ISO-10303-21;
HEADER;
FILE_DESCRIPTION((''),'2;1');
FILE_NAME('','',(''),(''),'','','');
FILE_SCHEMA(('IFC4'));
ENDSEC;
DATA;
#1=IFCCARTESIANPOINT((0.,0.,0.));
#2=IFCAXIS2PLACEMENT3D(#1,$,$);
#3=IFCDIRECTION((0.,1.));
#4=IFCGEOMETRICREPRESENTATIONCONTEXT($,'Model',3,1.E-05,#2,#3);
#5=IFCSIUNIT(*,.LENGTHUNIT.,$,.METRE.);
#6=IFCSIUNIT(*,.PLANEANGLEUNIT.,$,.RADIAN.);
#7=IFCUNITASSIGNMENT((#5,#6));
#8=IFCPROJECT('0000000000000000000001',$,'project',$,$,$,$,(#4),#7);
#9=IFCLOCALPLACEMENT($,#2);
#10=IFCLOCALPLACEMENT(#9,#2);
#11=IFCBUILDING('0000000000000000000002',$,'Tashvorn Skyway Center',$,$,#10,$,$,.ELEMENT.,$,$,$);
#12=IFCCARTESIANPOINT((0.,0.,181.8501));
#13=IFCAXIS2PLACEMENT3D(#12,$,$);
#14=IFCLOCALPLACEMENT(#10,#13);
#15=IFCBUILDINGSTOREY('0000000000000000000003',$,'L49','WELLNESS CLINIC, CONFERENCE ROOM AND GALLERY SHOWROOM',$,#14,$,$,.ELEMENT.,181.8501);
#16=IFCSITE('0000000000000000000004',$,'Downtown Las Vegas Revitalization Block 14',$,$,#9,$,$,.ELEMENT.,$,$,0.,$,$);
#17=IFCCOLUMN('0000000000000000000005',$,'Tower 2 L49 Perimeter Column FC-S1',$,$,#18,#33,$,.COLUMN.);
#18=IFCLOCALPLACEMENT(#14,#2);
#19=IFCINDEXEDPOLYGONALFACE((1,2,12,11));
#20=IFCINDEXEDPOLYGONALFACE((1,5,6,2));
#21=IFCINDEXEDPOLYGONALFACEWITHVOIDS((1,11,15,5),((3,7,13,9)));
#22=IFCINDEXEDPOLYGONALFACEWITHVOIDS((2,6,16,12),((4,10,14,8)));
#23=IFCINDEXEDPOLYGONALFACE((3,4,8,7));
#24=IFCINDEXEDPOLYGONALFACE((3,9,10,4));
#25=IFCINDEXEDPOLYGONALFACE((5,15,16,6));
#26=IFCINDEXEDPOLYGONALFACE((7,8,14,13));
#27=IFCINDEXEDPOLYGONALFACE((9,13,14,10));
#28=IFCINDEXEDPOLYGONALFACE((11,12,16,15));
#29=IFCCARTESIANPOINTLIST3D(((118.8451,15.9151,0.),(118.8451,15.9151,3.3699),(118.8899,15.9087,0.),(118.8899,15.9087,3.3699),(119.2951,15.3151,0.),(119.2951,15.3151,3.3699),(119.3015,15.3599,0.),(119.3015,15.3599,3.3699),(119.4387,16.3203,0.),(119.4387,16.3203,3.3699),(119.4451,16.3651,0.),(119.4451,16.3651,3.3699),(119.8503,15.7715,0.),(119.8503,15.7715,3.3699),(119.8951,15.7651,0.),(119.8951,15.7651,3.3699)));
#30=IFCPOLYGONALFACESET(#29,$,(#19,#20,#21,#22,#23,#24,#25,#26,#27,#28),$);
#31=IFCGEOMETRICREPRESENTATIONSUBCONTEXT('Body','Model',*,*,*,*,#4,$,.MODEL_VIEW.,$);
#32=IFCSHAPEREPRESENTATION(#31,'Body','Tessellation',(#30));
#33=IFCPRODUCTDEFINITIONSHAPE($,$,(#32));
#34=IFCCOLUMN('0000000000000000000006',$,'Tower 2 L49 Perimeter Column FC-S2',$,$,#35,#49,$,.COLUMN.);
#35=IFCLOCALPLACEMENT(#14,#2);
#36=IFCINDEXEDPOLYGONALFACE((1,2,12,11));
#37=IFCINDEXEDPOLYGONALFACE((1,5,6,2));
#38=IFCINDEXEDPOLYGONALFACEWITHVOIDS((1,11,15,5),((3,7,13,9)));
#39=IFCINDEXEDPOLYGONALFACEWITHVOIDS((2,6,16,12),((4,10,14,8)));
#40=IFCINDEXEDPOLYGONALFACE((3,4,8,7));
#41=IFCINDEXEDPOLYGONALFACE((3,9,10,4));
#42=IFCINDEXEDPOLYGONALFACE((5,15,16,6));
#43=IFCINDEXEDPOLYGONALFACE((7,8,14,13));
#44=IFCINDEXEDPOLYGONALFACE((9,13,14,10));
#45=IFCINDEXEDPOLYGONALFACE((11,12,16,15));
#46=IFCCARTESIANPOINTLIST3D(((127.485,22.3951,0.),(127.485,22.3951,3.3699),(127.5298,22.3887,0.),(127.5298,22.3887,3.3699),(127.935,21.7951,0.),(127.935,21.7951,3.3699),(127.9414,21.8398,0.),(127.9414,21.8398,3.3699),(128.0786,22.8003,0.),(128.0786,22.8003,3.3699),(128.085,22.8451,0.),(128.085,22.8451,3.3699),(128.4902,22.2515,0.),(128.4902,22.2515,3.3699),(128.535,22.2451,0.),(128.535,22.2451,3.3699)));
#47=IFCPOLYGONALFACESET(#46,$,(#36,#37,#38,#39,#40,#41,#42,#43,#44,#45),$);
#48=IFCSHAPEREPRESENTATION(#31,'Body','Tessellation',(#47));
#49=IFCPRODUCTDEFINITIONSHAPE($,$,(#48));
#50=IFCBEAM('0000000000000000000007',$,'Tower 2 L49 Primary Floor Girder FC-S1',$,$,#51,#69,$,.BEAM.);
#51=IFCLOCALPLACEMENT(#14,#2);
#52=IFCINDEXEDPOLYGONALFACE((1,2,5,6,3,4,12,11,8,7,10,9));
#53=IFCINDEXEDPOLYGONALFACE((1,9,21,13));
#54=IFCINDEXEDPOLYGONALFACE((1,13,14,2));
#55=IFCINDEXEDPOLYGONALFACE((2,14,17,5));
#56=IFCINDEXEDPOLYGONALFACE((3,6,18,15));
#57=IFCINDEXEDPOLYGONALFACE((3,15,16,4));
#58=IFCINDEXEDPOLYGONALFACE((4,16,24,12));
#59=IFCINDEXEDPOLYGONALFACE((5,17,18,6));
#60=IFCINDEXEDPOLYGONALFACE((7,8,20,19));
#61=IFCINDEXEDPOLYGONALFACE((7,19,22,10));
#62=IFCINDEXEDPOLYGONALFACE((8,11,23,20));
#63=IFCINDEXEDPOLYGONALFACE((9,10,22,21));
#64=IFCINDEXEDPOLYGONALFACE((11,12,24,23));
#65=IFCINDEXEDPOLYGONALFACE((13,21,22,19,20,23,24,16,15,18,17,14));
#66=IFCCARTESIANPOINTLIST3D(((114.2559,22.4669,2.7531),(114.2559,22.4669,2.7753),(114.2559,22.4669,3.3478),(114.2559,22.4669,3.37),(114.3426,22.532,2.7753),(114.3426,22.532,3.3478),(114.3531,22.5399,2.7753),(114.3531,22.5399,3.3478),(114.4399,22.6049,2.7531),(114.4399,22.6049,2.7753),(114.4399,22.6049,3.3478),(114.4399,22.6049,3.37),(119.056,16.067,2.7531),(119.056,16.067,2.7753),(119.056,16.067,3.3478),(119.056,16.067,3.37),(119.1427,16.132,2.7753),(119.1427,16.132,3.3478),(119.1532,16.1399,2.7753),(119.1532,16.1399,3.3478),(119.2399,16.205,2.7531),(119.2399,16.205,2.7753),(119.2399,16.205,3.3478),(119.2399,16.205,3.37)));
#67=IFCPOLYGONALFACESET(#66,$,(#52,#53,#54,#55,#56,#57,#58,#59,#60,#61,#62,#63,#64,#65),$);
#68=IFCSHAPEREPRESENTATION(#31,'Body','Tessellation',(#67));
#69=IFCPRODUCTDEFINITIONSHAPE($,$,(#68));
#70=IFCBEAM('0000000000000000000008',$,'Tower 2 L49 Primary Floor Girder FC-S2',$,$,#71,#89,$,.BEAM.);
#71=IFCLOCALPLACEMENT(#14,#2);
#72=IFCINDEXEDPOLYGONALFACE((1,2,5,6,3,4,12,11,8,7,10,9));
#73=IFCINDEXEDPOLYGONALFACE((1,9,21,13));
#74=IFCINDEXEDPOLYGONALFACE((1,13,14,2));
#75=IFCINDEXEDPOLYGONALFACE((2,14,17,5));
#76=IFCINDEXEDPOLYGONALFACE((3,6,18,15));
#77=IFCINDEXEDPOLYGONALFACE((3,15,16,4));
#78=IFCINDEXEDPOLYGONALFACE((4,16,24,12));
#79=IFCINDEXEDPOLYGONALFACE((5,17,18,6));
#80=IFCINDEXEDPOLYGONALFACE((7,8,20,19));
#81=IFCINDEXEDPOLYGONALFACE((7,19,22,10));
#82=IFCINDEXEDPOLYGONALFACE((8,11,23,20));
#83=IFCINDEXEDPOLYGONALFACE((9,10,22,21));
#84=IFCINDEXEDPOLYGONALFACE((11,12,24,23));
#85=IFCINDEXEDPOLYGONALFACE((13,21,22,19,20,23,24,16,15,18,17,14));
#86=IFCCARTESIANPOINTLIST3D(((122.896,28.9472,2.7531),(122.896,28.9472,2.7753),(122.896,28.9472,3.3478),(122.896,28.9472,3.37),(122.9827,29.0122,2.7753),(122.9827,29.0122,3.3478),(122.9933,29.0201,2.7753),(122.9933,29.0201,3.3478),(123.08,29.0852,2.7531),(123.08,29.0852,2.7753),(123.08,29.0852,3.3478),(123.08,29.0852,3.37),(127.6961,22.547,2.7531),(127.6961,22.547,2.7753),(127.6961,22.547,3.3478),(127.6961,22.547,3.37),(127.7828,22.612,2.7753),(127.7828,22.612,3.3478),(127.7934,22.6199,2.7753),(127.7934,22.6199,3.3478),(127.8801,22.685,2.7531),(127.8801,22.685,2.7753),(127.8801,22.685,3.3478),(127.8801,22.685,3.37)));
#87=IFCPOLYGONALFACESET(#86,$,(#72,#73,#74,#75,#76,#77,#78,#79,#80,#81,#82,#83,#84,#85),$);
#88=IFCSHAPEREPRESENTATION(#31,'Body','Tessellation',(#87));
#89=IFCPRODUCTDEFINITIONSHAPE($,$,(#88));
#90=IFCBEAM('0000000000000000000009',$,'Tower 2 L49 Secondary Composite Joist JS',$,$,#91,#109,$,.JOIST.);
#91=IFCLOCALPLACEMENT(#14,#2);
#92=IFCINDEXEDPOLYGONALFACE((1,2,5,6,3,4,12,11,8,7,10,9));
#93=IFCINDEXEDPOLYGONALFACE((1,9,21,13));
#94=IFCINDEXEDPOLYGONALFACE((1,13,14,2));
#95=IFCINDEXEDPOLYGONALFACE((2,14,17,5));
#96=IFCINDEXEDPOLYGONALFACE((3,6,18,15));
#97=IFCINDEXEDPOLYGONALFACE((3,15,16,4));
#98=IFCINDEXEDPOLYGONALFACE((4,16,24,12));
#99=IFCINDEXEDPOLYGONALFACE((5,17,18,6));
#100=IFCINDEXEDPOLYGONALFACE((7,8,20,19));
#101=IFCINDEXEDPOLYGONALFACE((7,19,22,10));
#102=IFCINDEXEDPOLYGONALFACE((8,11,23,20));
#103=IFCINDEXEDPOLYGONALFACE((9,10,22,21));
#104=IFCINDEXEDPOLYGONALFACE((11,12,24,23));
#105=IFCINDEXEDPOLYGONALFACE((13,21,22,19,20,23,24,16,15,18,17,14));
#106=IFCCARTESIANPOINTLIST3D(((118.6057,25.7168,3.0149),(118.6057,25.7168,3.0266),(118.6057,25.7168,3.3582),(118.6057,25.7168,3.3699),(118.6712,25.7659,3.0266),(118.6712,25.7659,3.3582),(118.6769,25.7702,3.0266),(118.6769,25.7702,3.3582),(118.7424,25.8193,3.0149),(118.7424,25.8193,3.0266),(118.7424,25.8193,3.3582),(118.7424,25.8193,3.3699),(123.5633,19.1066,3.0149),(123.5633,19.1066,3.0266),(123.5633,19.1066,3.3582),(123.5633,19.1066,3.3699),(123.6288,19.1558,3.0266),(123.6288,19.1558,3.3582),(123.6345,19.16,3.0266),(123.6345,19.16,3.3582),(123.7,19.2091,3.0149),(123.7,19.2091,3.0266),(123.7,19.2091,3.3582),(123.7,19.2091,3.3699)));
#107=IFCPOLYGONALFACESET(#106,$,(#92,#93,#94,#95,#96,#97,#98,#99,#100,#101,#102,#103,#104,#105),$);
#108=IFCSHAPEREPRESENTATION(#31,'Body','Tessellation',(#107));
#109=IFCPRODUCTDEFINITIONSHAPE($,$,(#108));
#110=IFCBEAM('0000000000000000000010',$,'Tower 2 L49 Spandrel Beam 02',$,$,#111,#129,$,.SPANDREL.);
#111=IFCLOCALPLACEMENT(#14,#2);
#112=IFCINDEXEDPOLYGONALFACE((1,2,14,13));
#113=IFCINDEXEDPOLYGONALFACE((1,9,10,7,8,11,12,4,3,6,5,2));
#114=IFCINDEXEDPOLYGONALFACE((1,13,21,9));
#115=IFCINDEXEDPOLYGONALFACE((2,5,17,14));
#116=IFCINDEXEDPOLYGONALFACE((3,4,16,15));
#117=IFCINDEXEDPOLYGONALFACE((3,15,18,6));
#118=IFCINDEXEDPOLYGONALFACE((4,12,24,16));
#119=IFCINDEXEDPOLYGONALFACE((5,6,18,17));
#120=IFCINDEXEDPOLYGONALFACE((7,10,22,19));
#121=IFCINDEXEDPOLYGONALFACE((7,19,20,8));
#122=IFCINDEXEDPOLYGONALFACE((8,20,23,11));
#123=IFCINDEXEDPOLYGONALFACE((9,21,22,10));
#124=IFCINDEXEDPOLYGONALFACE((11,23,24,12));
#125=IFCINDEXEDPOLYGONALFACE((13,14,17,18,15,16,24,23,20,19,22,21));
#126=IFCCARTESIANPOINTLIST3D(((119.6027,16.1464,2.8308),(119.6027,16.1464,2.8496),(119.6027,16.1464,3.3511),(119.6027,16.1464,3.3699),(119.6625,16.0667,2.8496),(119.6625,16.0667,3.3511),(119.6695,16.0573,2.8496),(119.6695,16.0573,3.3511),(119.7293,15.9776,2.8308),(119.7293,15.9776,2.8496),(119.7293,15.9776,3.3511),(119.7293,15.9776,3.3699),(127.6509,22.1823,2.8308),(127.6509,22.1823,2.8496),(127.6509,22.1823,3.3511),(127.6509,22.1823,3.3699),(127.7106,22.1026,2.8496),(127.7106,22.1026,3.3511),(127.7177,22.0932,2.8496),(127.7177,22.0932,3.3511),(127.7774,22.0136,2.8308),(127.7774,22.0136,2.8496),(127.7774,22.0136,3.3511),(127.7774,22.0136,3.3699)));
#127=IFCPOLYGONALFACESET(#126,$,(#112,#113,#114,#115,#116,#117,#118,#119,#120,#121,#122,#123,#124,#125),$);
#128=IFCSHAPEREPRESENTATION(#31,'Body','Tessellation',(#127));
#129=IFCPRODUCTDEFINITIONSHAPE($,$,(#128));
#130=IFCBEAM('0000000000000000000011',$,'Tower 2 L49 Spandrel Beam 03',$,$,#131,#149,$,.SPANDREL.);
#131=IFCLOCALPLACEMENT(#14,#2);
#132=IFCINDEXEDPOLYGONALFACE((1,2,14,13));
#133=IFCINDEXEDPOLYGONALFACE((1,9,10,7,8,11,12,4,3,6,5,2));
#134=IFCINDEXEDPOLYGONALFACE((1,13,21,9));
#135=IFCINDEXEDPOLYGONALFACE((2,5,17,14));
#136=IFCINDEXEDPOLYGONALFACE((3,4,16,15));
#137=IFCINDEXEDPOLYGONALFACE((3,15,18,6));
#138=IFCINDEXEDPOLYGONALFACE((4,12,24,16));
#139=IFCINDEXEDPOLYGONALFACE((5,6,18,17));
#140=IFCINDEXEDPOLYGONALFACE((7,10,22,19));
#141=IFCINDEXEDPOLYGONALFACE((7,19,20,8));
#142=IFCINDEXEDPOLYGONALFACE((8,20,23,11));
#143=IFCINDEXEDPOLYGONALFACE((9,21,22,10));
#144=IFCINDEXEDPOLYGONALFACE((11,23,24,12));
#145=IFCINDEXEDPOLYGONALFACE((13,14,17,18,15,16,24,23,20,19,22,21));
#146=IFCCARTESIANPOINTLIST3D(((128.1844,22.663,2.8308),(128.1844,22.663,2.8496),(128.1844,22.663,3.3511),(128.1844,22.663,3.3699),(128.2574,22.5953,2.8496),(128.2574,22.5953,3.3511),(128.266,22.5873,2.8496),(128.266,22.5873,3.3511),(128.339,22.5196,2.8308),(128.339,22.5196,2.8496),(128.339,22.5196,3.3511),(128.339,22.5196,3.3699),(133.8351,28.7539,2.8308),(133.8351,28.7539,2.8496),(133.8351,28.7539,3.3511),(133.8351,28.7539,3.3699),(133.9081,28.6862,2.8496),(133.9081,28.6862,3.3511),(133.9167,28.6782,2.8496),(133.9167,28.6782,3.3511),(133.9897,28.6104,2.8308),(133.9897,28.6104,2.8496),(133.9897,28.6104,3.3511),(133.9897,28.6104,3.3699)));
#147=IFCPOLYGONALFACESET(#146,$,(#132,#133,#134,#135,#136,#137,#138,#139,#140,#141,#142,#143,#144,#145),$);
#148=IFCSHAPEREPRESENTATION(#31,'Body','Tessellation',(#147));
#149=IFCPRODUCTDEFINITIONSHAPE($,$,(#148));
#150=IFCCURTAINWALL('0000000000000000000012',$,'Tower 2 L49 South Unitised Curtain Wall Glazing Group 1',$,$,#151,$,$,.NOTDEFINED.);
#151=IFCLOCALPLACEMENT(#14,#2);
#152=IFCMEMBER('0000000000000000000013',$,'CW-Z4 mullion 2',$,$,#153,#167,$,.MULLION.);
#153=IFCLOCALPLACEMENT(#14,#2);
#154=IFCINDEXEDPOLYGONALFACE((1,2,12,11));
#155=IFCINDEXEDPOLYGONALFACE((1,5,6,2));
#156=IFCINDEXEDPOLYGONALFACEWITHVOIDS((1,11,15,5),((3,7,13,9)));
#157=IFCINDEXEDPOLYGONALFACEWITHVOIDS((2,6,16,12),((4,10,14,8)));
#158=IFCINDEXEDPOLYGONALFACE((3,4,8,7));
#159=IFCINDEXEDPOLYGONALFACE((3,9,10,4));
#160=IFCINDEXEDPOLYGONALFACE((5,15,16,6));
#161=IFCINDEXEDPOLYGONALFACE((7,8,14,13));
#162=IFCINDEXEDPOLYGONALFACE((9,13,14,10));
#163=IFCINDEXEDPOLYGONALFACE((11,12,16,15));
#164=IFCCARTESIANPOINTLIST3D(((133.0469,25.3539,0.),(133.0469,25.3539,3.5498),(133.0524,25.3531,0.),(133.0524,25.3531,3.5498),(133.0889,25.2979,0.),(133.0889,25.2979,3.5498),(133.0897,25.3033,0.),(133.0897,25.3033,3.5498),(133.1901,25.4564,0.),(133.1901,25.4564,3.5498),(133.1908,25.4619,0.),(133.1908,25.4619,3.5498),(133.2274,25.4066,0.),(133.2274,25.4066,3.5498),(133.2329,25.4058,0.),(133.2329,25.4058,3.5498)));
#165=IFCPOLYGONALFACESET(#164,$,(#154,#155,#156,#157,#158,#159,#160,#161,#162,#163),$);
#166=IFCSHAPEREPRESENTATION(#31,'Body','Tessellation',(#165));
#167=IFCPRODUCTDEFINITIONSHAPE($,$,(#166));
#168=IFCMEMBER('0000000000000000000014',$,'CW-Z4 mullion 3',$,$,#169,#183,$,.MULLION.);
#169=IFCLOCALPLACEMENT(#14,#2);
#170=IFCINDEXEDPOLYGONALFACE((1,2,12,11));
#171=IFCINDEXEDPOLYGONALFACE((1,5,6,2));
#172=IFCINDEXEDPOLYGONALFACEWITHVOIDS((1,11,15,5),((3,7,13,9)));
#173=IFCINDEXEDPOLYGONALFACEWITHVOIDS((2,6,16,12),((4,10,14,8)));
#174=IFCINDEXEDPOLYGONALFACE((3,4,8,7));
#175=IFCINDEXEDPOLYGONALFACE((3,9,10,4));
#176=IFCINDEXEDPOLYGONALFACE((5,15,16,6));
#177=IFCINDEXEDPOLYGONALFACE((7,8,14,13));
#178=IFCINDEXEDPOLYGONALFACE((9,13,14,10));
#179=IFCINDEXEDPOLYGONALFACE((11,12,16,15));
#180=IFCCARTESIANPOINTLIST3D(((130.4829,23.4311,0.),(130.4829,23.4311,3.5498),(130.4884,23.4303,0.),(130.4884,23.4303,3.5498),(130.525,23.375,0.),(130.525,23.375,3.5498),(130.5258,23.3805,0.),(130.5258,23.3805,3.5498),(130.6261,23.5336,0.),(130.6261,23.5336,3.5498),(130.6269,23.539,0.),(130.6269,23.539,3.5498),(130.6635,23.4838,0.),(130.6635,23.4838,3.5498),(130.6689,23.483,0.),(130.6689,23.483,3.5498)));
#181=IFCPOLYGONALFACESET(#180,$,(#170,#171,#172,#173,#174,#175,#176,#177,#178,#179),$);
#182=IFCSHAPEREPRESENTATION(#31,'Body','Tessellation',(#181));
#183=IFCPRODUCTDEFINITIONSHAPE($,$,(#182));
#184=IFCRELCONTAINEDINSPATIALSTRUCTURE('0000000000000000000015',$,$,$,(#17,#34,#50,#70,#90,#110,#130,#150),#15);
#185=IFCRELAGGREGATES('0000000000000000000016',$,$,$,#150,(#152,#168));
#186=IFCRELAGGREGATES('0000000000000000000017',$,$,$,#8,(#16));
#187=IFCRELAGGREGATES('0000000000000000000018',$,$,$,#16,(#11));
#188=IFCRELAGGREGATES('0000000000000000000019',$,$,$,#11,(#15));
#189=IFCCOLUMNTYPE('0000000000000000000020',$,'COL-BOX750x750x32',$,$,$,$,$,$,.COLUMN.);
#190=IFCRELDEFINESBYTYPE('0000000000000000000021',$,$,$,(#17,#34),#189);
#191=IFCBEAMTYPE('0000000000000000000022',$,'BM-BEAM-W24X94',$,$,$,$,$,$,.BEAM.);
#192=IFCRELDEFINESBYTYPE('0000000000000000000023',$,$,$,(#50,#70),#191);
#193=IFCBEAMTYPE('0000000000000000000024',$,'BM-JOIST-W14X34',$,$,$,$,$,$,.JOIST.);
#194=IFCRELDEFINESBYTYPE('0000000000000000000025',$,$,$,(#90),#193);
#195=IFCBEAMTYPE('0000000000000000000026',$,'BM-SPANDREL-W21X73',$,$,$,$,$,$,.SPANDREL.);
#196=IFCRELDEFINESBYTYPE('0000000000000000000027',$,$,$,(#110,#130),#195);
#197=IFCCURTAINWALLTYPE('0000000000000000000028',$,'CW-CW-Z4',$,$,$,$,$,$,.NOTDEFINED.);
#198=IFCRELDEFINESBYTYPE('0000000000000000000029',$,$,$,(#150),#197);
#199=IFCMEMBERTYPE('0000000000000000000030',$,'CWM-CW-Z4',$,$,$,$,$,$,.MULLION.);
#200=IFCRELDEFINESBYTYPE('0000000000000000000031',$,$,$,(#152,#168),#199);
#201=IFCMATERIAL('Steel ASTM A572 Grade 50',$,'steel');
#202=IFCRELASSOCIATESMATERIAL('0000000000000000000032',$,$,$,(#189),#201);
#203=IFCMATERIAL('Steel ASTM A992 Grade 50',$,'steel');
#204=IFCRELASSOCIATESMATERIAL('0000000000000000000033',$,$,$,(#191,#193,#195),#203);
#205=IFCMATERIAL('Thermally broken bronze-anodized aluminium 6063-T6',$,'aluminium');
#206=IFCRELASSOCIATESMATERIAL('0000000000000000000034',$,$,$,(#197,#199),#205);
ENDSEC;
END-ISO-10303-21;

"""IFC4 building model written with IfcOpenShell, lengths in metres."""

from ifc_helpers import new_model, si_unit, direction, frame, origin, origin_2d, place, context, subcontext, project, spatial, hollow_rectangle, i_section, extrude, material, material_profile, profile_set, type_object, element, aggregate, save


model = new_model("IFC4")

# Units and contexts
model_context = context("Model", 3, precision=1e-05, world=origin(), true_north=direction((0.0, 1.0)))
body_context = subcontext(model_context, "Body", "Model", "MODEL_VIEW")
ifc_project = project(units=[si_unit("LENGTHUNIT", "METRE"), si_unit("PLANEANGLEUNIT", "RADIAN")], contexts=[model_context])

# Site, building, storey
site_placement = place(None, origin())
site = spatial("IfcSite", under=ifc_project, at=site_placement, Name="Downtown Las Vegas Revitalization Block 14", CompositionType="ELEMENT", RefElevation=0.0)
building_placement = place(site_placement, origin())
building = spatial("IfcBuilding", under=site, at=building_placement, Name="Tashvorn Skyway Center", CompositionType="ELEMENT")
storey_placement = place(building_placement, frame((0.0, 0.0, 181.8501)))
storey = spatial("IfcBuildingStorey", under=building, at=storey_placement, Name="L49", Description="WELLNESS CLINIC, CONFERENCE ROOM AND GALLERY SHOWROOM", CompositionType="ELEMENT", Elevation=181.8501)

# Columns
ifc_material_1 = material(Name="Steel ASTM A572 Grade 50", Category="steel")
ifc_material_profile_1 = material_profile(ifc_material_1, hollow_rectangle(XDim=0.75, YDim=0.75, WallThickness=0.032, at=origin_2d()), Name="BOX750x750x32")
ifc_profile_set_1 = profile_set([ifc_material_profile_1], Name="Steel ASTM A572 Grade 50")
column_type = type_object("IfcColumnType", Name="COL-BOX750x750x32", PredefinedType="COLUMN", material=ifc_profile_set_1)
for number, where, z_axis, x_axis, name in (
    (1, (119.3701, 15.8401, 0.0), (0.0, 0.0, 1.0), (0.8, 0.6, 0.0), "Tower 2 L49 Perimeter Column FC-S1"),
    (2, (128.01, 22.3201, 0.0), (0.0, 0.0, 1.0), (0.8, 0.6, 0.0), "Tower 2 L49 Perimeter Column FC-S2"),
):
    element("IfcColumn", number, at=place(storey_placement, frame(where, z_axis=z_axis, x_axis=x_axis)), inside=storey, type_object=column_type, Name=name, PredefinedType="COLUMN", context=body_context, shape_type="SweptSolid", body=[
        extrude(hollow_rectangle(XDim=0.75, YDim=0.75, WallThickness=0.032, at=origin_2d()), origin(), (0.0, 0.0, 1.0), 3.3699),
    ])

# Beams
ifc_material_2 = material(Name="Steel ASTM A992 Grade 50", Category="steel")
ifc_material_profile_2 = material_profile(ifc_material_2, i_section(OverallWidth=0.23, OverallDepth=0.6169, WebThickness=0.0132, FlangeThickness=0.0222, at=origin_2d()), Name="W24X94")
ifc_profile_set_2 = profile_set([ifc_material_profile_2], Name="Steel ASTM A992 Grade 50")
beam_type_1 = type_object("IfcBeamType", Name="BM-BEAM-W24X94", PredefinedType="BEAM", material=ifc_profile_set_2)
beam_1_placement = place(storey_placement, frame((119.1479, 16.136, 3.0615), z_axis=(-0.60001, 0.799993, 0.0), x_axis=(-0.799993, -0.60001, 0.0)))
element("IfcBeam", 3, at=beam_1_placement, inside=storey, type_object=beam_type_1, Name="Tower 2 L49 Primary Floor Girder FC-S1", PredefinedType="BEAM", context=body_context, shape_type="SweptSolid", body=[
    extrude(i_section(OverallWidth=0.23, OverallDepth=0.6169, WebThickness=0.0132, FlangeThickness=0.0222, at=origin_2d()), origin(), (0.0, 0.0, 1.0), 8.0),
])
beam_2_placement = place(storey_placement, frame((127.7881, 22.616, 3.0615), z_axis=(-0.599995, 0.800004, 0.0), x_axis=(-0.800004, -0.599995, 0.0)))
element("IfcBeam", 4, at=beam_2_placement, inside=storey, type_object=beam_type_1, Name="Tower 2 L49 Primary Floor Girder FC-S2", PredefinedType="BEAM", context=body_context, shape_type="SweptSolid", body=[
    extrude(i_section(OverallWidth=0.23, OverallDepth=0.6169, WebThickness=0.0132, FlangeThickness=0.0222, at=origin_2d()), origin(), (0.0, 0.0, 1.0), 8.0002),
])
ifc_material_profile_3 = material_profile(ifc_material_2, i_section(OverallWidth=0.1709, OverallDepth=0.355, WebThickness=0.0071, FlangeThickness=0.0117, at=origin_2d()), Name="W14X34")
ifc_profile_set_3 = profile_set([ifc_material_profile_3], Name="Steel ASTM A992 Grade 50")
beam_type_2 = type_object("IfcBeamType", Name="BM-JOIST-W14X34", PredefinedType="JOIST", material=ifc_profile_set_3)
beam_3_placement = place(storey_placement, frame((118.6741, 25.7681, 3.1924), z_axis=(0.599995, -0.800004, 0.0), x_axis=(0.800004, 0.599995, 0.0)))
element("IfcBeam", 5, at=beam_3_placement, inside=storey, type_object=beam_type_2, Name="Tower 2 L49 Secondary Composite Joist JS", PredefinedType="JOIST", context=body_context, shape_type="SweptSolid", body=[
    extrude(i_section(OverallWidth=0.1709, OverallDepth=0.355, WebThickness=0.0071, FlangeThickness=0.0117, at=origin_2d()), origin(), (0.0, 0.0, 1.0), 8.2627),
])
ifc_material_profile_4 = material_profile(ifc_material_2, i_section(OverallWidth=0.2109, OverallDepth=0.5391, WebThickness=0.0117, FlangeThickness=0.0188, at=origin_2d()), Name="W21X73")
ifc_profile_set_4 = profile_set([ifc_material_profile_4], Name="Steel ASTM A992 Grade 50")
beam_type_3 = type_object("IfcBeamType", Name="BM-SPANDREL-W21X73", PredefinedType="SPANDREL", material=ifc_profile_set_4)
beam_4_placement = place(storey_placement, frame((119.666, 16.062, 3.1003), z_axis=(0.800009, 0.599988, 0.0), x_axis=(-0.599988, 0.800009, 0.0)))
element("IfcBeam", 6, at=beam_4_placement, inside=storey, type_object=beam_type_3, Name="Tower 2 L49 Spandrel Beam 02", PredefinedType="SPANDREL", context=body_context, shape_type="SweptSolid", body=[
    extrude(i_section(OverallWidth=0.2109, OverallDepth=0.5391, WebThickness=0.0117, FlangeThickness=0.0188, at=origin_2d()), origin(), (0.0, 0.0, 1.0), 10.0601),
])
beam_5_placement = place(storey_placement, frame((128.2617, 22.5913, 3.1003), z_axis=(0.68012, 0.733101, 0.0), x_axis=(-0.733101, 0.68012, 0.0)))
element("IfcBeam", 7, at=beam_5_placement, inside=storey, type_object=beam_type_3, Name="Tower 2 L49 Spandrel Beam 03", PredefinedType="SPANDREL", context=body_context, shape_type="SweptSolid", body=[
    extrude(i_section(OverallWidth=0.2109, OverallDepth=0.5391, WebThickness=0.0117, FlangeThickness=0.0188, at=origin_2d()), origin(), (0.0, 0.0, 1.0), 8.3083),
])

# Curtain wall, members
ifc_material_3 = material(Name="Thermally broken bronze-anodized aluminium 6063-T6", Category="aluminium")
curtain_wall_type = type_object("IfcCurtainWallType", Name="CW-CW-Z4", PredefinedType="NOTDEFINED", material=ifc_material_3)
curtain_wall_1_placement = place(storey_placement, origin())
curtain_wall_1 = element("IfcCurtainWall", 8, at=curtain_wall_1_placement, inside=storey, type_object=curtain_wall_type, Name="Tower 2 L49 South Unitised Curtain Wall Glazing Group 1", PredefinedType="NOTDEFINED")
ifc_material_profile_5 = material_profile(ifc_material_3, hollow_rectangle(XDim=0.0701, YDim=0.1799, WallThickness=0.0039, at=origin_2d()), Name="ALU-MULL-70x180")
ifc_profile_set_5 = profile_set([ifc_material_profile_5], Name="Thermally broken bronze-anodized aluminium 6063-T6")
member_type_1 = type_object("IfcMemberType", Name="CWM-CW-Z4", PredefinedType="MULLION", material=ifc_profile_set_5)
member_1_placement = place(storey_placement, frame((133.1399, 25.3799, 0.0), z_axis=(0.0, 0.0, 1.0), x_axis=(0.6, -0.8, 0.0)))
member_1 = element("IfcMember", 9, at=member_1_placement, type_object=member_type_1, Name="CW-Z4 mullion 2", PredefinedType="MULLION", context=body_context, shape_type="SweptSolid", body=[
    extrude(hollow_rectangle(XDim=0.0701, YDim=0.1799, WallThickness=0.0039, at=origin_2d()), origin(), (0.0, 0.0, 1.0), 3.5498),
])
member_2_placement = place(storey_placement, frame((130.5759, 23.457, 0.0), z_axis=(0.0, 0.0, 1.0), x_axis=(0.6, -0.8, 0.0)))
member_2 = element("IfcMember", 10, at=member_2_placement, type_object=member_type_1, Name="CW-Z4 mullion 3", PredefinedType="MULLION", context=body_context, shape_type="SweptSolid", body=[
    extrude(hollow_rectangle(XDim=0.0701, YDim=0.1799, WallThickness=0.0039, at=origin_2d()), origin(), (0.0, 0.0, 1.0), 3.5498),
])

aggregate(curtain_wall_1, [member_1, member_2])

save(model, "model.ifc")
